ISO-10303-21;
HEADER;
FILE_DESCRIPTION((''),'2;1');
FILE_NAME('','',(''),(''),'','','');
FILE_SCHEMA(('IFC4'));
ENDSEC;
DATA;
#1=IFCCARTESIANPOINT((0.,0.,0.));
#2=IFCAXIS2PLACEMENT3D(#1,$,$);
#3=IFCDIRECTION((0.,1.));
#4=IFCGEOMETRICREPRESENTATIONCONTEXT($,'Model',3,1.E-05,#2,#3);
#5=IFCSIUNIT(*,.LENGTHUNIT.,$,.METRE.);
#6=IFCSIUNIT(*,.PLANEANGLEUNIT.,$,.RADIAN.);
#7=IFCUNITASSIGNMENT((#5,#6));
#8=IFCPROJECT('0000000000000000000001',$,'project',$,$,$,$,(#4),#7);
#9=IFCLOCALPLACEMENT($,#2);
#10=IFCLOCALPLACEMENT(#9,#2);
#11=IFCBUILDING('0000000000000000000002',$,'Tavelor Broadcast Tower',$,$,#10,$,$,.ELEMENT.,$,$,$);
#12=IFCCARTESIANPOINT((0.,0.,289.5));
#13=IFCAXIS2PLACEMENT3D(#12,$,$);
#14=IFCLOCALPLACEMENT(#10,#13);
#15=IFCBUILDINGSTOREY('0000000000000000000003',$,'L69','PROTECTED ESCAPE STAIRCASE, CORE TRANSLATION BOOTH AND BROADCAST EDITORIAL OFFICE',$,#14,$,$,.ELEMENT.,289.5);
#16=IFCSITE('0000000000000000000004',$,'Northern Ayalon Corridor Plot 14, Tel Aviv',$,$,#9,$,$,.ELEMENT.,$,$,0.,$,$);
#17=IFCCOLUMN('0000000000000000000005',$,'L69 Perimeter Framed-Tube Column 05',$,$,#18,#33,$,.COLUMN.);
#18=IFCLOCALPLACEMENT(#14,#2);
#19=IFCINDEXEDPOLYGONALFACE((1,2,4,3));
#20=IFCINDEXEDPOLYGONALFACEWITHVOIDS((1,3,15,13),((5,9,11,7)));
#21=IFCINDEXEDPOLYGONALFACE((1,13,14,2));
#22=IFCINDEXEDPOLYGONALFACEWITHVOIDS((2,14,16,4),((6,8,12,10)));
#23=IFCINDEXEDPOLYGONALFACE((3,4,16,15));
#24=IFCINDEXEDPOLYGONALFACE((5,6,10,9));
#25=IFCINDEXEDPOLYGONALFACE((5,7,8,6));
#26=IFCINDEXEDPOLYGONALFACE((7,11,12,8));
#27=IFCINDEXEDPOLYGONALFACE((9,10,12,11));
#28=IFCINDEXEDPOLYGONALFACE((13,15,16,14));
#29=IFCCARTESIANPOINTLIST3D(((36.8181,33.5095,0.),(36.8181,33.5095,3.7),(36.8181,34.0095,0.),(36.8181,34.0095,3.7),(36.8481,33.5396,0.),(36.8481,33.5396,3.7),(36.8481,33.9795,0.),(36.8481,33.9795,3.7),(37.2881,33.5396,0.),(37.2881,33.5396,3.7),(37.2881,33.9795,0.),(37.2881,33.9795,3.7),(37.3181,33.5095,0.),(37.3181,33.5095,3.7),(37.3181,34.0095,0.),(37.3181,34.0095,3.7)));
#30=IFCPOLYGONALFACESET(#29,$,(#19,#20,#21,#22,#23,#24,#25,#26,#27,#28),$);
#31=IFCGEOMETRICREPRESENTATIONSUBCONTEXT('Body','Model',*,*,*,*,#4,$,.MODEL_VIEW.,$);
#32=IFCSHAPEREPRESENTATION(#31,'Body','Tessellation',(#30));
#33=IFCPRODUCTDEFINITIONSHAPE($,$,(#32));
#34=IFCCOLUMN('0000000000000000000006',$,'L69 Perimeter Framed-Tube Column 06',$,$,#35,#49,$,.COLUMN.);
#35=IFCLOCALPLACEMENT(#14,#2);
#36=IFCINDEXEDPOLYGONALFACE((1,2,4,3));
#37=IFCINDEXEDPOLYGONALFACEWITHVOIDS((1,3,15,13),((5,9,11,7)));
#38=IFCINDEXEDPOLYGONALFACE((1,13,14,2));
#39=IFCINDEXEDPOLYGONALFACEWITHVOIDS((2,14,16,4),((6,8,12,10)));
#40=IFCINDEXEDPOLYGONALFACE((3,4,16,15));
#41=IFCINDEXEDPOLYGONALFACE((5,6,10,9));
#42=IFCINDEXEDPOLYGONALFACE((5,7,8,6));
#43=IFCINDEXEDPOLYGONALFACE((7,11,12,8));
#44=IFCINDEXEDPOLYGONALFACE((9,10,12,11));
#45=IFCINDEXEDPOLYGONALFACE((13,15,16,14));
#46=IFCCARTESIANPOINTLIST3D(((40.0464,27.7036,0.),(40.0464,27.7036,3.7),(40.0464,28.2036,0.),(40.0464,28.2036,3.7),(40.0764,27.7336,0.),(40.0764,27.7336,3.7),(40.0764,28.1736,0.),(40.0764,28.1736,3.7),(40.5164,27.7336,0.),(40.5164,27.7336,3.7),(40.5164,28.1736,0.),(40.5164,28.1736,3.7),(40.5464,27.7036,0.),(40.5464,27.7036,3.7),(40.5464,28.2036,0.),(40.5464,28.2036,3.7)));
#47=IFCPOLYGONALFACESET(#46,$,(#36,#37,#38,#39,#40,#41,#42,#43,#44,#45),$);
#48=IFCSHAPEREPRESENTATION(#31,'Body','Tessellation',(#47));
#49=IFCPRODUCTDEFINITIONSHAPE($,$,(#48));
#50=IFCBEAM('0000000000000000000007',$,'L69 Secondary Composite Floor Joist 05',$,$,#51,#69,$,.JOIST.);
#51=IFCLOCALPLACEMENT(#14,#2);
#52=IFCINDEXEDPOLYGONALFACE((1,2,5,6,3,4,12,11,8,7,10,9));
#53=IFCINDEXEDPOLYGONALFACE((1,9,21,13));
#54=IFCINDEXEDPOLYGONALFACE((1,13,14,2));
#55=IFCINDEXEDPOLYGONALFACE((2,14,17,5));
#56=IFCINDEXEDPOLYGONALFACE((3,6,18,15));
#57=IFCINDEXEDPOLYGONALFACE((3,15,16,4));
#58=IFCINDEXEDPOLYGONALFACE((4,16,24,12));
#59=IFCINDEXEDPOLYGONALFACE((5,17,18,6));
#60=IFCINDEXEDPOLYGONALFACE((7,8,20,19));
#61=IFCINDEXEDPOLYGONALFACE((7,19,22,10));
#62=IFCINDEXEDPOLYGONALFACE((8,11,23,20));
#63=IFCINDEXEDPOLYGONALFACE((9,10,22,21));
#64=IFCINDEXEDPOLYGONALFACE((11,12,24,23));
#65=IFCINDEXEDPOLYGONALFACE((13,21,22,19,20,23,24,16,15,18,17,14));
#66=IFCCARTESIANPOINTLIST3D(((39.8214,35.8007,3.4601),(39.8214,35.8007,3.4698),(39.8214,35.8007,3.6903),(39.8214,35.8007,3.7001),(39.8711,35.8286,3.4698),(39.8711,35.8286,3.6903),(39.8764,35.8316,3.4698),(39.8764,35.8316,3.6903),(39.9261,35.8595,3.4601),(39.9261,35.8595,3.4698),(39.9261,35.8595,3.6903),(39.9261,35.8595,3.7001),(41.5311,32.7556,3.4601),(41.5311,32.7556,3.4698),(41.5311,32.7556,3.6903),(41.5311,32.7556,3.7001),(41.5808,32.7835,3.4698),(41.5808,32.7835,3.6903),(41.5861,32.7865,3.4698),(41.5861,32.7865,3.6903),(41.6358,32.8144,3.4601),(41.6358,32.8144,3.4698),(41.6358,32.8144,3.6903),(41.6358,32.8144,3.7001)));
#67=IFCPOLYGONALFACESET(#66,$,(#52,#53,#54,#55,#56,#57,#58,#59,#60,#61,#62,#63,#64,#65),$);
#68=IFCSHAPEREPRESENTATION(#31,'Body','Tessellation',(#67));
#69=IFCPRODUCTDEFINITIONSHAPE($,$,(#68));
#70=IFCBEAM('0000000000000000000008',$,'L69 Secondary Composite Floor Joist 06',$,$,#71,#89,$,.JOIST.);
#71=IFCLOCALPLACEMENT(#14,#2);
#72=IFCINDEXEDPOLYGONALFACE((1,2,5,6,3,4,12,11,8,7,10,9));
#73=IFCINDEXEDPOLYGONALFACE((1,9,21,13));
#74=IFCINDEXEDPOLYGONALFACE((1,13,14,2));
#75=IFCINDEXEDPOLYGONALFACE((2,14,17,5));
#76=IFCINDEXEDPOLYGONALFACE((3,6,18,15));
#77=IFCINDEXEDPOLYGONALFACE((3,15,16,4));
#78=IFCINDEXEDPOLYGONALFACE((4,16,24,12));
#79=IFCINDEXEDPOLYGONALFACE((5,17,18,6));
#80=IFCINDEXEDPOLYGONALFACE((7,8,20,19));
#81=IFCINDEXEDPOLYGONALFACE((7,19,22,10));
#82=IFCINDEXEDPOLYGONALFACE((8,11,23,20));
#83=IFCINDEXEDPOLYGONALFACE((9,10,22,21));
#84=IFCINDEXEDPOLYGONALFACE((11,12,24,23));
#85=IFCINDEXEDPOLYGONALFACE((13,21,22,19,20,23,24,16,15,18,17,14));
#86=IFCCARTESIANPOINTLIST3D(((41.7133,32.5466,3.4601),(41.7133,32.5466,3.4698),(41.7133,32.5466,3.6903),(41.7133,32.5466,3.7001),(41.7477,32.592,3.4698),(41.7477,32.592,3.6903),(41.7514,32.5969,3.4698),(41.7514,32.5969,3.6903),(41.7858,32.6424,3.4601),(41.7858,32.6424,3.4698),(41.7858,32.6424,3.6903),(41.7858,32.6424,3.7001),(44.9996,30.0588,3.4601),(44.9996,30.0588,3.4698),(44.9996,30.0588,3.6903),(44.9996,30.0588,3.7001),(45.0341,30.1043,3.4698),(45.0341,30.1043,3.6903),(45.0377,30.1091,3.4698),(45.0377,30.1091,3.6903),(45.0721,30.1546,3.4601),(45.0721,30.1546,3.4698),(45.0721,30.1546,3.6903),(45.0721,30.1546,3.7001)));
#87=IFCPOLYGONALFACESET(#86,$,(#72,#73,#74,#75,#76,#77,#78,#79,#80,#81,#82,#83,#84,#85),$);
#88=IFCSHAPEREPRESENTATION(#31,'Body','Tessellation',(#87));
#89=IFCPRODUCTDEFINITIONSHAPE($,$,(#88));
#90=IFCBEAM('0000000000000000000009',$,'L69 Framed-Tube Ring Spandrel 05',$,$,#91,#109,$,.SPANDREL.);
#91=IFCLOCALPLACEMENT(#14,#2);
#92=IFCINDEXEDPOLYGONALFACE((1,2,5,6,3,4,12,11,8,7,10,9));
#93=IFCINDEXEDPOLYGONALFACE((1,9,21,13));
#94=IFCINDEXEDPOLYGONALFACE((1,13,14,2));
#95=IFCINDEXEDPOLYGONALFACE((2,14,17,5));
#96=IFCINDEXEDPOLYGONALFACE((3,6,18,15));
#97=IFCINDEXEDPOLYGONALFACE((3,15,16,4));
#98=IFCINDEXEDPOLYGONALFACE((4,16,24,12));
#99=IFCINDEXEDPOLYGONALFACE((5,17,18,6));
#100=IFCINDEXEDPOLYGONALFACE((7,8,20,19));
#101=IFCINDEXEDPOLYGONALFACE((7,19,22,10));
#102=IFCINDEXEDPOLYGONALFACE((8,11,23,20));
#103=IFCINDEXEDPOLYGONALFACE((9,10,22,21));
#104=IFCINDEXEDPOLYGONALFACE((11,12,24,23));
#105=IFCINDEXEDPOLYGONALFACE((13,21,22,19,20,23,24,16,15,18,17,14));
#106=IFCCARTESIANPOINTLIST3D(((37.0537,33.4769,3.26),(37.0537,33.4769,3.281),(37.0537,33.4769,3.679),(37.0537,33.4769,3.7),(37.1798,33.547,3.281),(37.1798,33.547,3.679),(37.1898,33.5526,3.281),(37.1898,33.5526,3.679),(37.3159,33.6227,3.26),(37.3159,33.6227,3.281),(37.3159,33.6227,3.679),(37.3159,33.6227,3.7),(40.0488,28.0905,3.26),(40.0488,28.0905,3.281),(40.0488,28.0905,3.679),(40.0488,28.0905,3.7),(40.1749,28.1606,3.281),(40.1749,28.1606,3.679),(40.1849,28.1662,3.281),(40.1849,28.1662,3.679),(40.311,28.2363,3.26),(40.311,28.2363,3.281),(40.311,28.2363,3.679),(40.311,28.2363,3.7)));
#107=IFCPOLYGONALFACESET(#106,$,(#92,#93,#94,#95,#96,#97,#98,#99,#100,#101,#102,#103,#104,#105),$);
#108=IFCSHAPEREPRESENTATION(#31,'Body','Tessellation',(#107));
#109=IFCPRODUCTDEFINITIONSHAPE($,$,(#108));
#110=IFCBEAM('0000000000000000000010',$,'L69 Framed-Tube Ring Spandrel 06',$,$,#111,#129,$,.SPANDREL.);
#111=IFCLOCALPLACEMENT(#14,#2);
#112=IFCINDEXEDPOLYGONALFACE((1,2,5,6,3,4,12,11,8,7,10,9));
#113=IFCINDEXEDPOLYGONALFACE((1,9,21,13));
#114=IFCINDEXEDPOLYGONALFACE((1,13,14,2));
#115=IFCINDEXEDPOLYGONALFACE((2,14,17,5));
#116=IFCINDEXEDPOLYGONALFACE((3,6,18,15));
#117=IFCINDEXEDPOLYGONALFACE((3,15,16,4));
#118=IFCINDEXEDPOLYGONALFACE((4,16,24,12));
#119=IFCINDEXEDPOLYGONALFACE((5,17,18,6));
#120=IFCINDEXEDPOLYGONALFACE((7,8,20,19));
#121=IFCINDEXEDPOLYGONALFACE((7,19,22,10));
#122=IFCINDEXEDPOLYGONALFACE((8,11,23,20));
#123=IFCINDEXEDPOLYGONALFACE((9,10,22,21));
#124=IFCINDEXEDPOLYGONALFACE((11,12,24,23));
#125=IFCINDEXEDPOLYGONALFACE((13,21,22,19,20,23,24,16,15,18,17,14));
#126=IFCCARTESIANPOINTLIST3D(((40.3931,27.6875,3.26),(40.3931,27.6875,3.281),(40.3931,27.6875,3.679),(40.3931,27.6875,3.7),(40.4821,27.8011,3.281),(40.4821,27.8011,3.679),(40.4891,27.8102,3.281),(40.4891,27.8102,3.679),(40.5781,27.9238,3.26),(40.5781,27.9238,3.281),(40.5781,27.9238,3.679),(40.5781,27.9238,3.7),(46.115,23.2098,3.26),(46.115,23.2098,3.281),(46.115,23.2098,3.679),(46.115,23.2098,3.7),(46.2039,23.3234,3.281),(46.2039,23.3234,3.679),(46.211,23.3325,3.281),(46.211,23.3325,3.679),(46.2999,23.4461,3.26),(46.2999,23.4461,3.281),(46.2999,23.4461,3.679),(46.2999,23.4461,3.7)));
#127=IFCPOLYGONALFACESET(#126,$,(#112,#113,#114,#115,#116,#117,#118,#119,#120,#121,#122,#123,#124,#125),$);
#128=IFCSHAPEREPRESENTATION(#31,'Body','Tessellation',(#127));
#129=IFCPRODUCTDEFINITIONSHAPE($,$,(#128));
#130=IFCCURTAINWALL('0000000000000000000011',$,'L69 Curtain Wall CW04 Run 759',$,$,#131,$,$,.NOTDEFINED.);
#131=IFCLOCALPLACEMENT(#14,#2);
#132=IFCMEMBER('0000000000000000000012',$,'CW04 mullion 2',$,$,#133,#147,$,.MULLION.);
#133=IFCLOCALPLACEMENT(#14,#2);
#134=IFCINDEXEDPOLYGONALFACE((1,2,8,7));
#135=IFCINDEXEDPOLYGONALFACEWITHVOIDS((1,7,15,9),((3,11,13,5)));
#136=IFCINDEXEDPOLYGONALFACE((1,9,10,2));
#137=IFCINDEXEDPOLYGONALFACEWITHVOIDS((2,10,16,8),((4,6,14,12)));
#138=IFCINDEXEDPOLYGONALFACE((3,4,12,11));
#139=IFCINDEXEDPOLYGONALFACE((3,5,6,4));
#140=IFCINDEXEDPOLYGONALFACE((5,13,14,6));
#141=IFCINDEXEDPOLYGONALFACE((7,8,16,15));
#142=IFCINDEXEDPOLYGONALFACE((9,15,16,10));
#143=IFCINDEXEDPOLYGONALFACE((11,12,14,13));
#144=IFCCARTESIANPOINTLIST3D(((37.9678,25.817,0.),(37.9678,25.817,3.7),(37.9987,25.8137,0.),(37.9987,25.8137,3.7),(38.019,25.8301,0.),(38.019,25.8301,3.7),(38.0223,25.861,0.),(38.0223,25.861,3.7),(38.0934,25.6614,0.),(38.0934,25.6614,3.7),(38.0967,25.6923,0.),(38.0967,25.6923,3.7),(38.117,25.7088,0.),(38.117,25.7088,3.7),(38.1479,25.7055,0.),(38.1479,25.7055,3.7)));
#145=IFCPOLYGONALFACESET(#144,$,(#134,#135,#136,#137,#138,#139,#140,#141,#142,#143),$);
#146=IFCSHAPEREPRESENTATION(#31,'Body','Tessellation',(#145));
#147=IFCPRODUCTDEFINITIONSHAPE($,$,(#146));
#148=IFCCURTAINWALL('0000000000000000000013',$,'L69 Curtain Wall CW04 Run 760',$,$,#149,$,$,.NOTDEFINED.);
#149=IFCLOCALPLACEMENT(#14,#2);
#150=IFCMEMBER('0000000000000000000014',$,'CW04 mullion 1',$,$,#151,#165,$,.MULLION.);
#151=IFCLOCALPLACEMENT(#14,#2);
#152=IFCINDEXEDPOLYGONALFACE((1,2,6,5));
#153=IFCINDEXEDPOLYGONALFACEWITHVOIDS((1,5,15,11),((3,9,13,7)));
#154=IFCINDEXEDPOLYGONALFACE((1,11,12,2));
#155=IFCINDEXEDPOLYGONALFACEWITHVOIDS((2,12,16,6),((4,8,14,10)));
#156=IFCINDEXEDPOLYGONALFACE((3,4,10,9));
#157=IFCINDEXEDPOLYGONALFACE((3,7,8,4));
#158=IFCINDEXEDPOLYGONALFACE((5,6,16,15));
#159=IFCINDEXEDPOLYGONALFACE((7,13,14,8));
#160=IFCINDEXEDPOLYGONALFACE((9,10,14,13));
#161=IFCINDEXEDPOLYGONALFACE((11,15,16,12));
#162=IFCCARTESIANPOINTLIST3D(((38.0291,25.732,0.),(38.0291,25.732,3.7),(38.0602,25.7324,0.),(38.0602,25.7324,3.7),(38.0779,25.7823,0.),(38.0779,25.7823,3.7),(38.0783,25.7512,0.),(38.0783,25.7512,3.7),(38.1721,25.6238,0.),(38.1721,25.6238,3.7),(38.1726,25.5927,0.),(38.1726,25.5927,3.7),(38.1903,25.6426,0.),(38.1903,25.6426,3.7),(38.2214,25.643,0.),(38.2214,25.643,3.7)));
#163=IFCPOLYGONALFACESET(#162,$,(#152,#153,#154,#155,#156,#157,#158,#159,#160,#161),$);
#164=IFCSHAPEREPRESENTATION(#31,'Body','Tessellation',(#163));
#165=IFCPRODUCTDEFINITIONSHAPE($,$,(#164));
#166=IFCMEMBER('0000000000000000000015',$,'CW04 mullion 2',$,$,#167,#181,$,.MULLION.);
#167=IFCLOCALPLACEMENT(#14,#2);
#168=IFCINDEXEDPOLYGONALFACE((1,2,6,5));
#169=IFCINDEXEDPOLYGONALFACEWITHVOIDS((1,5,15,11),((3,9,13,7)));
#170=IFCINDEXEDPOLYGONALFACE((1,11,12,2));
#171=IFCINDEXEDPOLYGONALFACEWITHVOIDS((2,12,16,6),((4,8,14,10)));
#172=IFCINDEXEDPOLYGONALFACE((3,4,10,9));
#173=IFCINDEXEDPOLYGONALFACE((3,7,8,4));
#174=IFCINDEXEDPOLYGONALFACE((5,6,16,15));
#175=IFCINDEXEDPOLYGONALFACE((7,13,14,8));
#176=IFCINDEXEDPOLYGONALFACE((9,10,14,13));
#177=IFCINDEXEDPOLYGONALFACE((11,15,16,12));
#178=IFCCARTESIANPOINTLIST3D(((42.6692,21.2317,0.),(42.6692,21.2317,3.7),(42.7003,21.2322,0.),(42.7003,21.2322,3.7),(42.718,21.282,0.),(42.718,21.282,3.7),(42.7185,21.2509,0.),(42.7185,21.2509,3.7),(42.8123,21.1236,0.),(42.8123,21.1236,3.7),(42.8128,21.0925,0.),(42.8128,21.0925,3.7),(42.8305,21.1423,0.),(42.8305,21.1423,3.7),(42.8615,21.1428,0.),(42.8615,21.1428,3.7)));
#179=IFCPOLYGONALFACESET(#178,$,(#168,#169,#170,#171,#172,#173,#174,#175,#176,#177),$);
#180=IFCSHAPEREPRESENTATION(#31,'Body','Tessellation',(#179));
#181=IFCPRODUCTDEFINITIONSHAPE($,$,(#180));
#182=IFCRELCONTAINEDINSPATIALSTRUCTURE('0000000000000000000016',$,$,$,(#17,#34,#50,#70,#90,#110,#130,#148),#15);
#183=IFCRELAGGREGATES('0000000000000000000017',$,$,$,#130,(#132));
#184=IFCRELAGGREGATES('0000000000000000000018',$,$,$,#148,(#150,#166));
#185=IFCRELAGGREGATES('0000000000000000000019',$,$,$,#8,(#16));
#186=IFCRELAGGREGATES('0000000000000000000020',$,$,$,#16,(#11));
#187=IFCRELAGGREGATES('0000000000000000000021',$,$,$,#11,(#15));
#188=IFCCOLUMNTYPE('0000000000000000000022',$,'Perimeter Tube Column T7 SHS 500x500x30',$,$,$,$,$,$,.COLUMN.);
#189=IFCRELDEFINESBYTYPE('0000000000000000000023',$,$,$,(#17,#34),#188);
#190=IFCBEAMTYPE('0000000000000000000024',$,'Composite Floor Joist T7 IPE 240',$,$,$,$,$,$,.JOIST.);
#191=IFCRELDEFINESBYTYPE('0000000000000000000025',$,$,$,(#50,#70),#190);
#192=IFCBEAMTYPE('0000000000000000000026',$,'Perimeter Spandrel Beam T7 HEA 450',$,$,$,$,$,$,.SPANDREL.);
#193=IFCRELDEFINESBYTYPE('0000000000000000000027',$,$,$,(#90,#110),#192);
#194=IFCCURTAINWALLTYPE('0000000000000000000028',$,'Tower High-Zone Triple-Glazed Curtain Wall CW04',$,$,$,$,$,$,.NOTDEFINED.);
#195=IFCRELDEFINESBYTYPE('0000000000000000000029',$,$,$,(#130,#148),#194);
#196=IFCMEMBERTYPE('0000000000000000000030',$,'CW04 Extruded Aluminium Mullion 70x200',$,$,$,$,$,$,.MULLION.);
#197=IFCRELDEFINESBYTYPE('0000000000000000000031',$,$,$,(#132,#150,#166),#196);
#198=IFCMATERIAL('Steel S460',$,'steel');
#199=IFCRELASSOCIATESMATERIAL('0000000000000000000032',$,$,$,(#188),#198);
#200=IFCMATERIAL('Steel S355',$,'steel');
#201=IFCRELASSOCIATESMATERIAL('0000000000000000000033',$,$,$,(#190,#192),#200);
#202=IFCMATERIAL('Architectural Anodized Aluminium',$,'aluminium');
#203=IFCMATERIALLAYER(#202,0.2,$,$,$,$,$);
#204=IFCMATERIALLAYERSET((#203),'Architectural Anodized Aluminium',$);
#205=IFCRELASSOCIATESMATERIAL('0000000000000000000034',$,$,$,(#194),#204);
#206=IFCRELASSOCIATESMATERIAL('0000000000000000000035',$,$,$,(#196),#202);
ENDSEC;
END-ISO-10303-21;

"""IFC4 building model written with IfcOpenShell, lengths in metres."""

from ifc_helpers import new_model, si_unit, direction, frame, origin, origin_2d, place, context, subcontext, project, spatial, hollow_rectangle, i_section, extrude, source, transform, mapped, material, layer, layer_set, material_profile, profile_set, type_object, type_shapes, element, aggregate, save


model = new_model("IFC4")

# Units and contexts
model_context = context("Model", 3, precision=1e-05, world=origin(), true_north=direction((0.0, 1.0)))
body_context = subcontext(model_context, "Body", "Model", "MODEL_VIEW")
ifc_project = project(units=[si_unit("LENGTHUNIT", "METRE"), si_unit("PLANEANGLEUNIT", "RADIAN")], contexts=[model_context])

# Site, building, storey
site_placement = place(None, origin())
site = spatial("IfcSite", under=ifc_project, at=site_placement, Name="Northern Ayalon Corridor Plot 14, Tel Aviv", CompositionType="ELEMENT", RefElevation=0.0)
building_placement = place(site_placement, origin())
building = spatial("IfcBuilding", under=site, at=building_placement, Name="Tavelor Broadcast Tower", CompositionType="ELEMENT")
storey_placement = place(building_placement, frame((0.0, 0.0, 289.5)))
storey = spatial("IfcBuildingStorey", under=building, at=storey_placement, Name="L69", Description="PROTECTED ESCAPE STAIRCASE, CORE TRANSLATION BOOTH AND BROADCAST EDITORIAL OFFICE", CompositionType="ELEMENT", Elevation=289.5)

# Columns
ifc_material_1 = material(Name="Steel S460", Category="steel")
ifc_material_profile_1 = material_profile(ifc_material_1, hollow_rectangle(XDim=0.5, YDim=0.5, WallThickness=0.03, at=origin_2d()), Name="SHS 500x500x30")
ifc_profile_set_1 = profile_set([ifc_material_profile_1], Name="Steel S460")
column_type = type_object("IfcColumnType", Name="Perimeter Tube Column T7 SHS 500x500x30", PredefinedType="COLUMN", material=ifc_profile_set_1)
for number, where, z_axis, x_axis, name in (
    (1, (37.0681, 33.7595, 0.0), (0.0, 0.0, 1.0), (1.0, 0.0, 0.0), "L69 Perimeter Framed-Tube Column 05"),
    (2, (40.2964, 27.9536, 0.0), (0.0, 0.0, 1.0), (1.0, 0.0, 0.0), "L69 Perimeter Framed-Tube Column 06"),
):
    element("IfcColumn", number, at=place(storey_placement, frame(where, z_axis=z_axis, x_axis=x_axis)), inside=storey, type_object=column_type, Name=name, PredefinedType="COLUMN", context=body_context, shape_type="SweptSolid", body=[
        extrude(hollow_rectangle(XDim=0.5, YDim=0.5, WallThickness=0.03, at=origin_2d()), origin(), (0.0, 0.0, 1.0), 3.7),
    ])

# Beams
ifc_material_2 = material(Name="Steel S355", Category="steel")
ifc_material_profile_2 = material_profile(ifc_material_2, i_section(OverallWidth=0.1201, OverallDepth=0.24, WebThickness=0.0061, FlangeThickness=0.0098, at=origin_2d()), Name="IPE 240")
ifc_profile_set_2 = profile_set([ifc_material_profile_2], Name="Steel S355")
beam_type_1 = type_object("IfcBeamType", Name="Composite Floor Joist T7 IPE 240", PredefinedType="JOIST", material=ifc_profile_set_2)
beam_1_placement = place(storey_placement, frame((39.8738, 35.8301, 3.5801), z_axis=(0.489567, -0.871965, 0.0), x_axis=(0.871965, 0.489567, 0.0)))
element("IfcBeam", 3, at=beam_1_placement, inside=storey, type_object=beam_type_1, Name="L69 Secondary Composite Floor Joist 05", PredefinedType="JOIST", context=body_context, shape_type="SweptSolid", body=[
    extrude(i_section(OverallWidth=0.1201, OverallDepth=0.24, WebThickness=0.0061, FlangeThickness=0.0098, at=origin_2d()), origin(), (0.0, 0.0, 1.0), 3.4922),
])
beam_2_placement = place(storey_placement, frame((41.7495, 32.5945, 3.5801), z_axis=(0.797312, -0.603567, 0.0), x_axis=(0.603567, 0.797312, 0.0)))
element("IfcBeam", 4, at=beam_2_placement, inside=storey, type_object=beam_type_1, Name="L69 Secondary Composite Floor Joist 06", PredefinedType="JOIST", context=body_context, shape_type="SweptSolid", body=[
    extrude(i_section(OverallWidth=0.1201, OverallDepth=0.24, WebThickness=0.0061, FlangeThickness=0.0098, at=origin_2d()), origin(), (0.0, 0.0, 1.0), 4.1218),
])
ifc_material_profile_3 = material_profile(ifc_material_2, i_section(OverallWidth=0.3, OverallDepth=0.4399, WebThickness=0.0115, FlangeThickness=0.021, at=origin_2d()), Name="HEA 450")
ifc_profile_set_3 = profile_set([ifc_material_profile_3], Name="Steel S355")
beam_type_2 = type_object("IfcBeamType", Name="Perimeter Spandrel Beam T7 HEA 450", PredefinedType="SPANDREL", material=ifc_profile_set_3)
beam_3_placement = place(storey_placement, frame((37.1848, 33.5498, 3.48), z_axis=(0.485969, -0.873976, 0.0), x_axis=(0.873976, 0.485969, 0.0)))
element("IfcBeam", 5, at=beam_3_placement, inside=storey, type_object=beam_type_2, Name="L69 Framed-Tube Ring Spandrel 05", PredefinedType="SPANDREL", context=body_context, shape_type="SweptSolid", body=[
    extrude(i_section(OverallWidth=0.3, OverallDepth=0.4399, WebThickness=0.0115, FlangeThickness=0.021, at=origin_2d()), origin(), (0.0, 0.0, 1.0), 6.1631),
])
beam_4_placement = place(storey_placement, frame((40.4856, 27.8057, 3.48), z_axis=(0.787521, -0.616287, 0.0), x_axis=(0.616287, 0.787521, 0.0)))
element("IfcBeam", 6, at=beam_4_placement, inside=storey, type_object=beam_type_2, Name="L69 Framed-Tube Ring Spandrel 06", PredefinedType="SPANDREL", context=body_context, shape_type="SweptSolid", body=[
    extrude(i_section(OverallWidth=0.3, OverallDepth=0.4399, WebThickness=0.0115, FlangeThickness=0.021, at=origin_2d()), origin(), (0.0, 0.0, 1.0), 7.2656),
])

# Curtain wall, member
ifc_material_3 = material(Name="Architectural Anodized Aluminium", Category="aluminium")
ifc_layer_1 = layer(ifc_material_3, 0.2)
ifc_layer_set_1 = layer_set([ifc_layer_1], Name="Architectural Anodized Aluminium")
curtain_wall_type = type_object("IfcCurtainWallType", Name="Tower High-Zone Triple-Glazed Curtain Wall CW04", PredefinedType="NOTDEFINED", material=ifc_layer_set_1)
curtain_wall_1_placement = place(storey_placement, origin())
curtain_wall_1 = element("IfcCurtainWall", 7, at=curtain_wall_1_placement, inside=storey, type_object=curtain_wall_type, Name="L69 Curtain Wall CW04 Run 759", PredefinedType="NOTDEFINED")
ifc_material_profile_4 = material_profile(ifc_material_3, hollow_rectangle(XDim=0.0701, YDim=0.2, WallThickness=0.022, at=origin_2d()), Name="RHS 70x200x22")
ifc_profile_set_4 = profile_set([ifc_material_profile_4], Name="Architectural Anodized Aluminium")
member_type_1 = type_object("IfcMemberType", Name="CW04 Extruded Aluminium Mullion 70x200", PredefinedType="MULLION", material=ifc_profile_set_4)
shared_shape_1 = source(origin(), body_context, "Body", "SweptSolid", [
    extrude(hollow_rectangle(XDim=0.0701, YDim=0.2, WallThickness=0.022, at=origin_2d()), origin(), (0.0, 0.0, 1.0), 3.7),
])
type_shapes(member_type_1, [shared_shape_1])
member_1_placement = place(storey_placement, frame((38.0579, 25.7612, 0.0), z_axis=(0.0, 0.0, 1.0), x_axis=(0.777973, 0.628297, 0.0)))
member_1 = element("IfcMember", 8, at=member_1_placement, type_object=member_type_1, Name="CW04 mullion 2", PredefinedType="MULLION", context=body_context, shape_type="MappedRepresentation", body=[
    mapped(shared_shape_1, transform((0.0, 0.0, 0.0), scale=1.0)),
])

# Curtain wall, members
curtain_wall_2_placement = place(storey_placement, origin())
curtain_wall_2 = element("IfcCurtainWall", 9, at=curtain_wall_2_placement, inside=storey, type_object=curtain_wall_type, Name="L69 Curtain Wall CW04 Run 760", PredefinedType="NOTDEFINED")
member_2_placement = place(storey_placement, frame((38.1252, 25.6875, 0.0), z_axis=(0.0, 0.0, 1.0), x_axis=(0.696196, 0.717852, 0.0)))
member_2 = element("IfcMember", 10, at=member_2_placement, type_object=member_type_1, Name="CW04 mullion 1", PredefinedType="MULLION", context=body_context, shape_type="MappedRepresentation", body=[
    mapped(shared_shape_1, transform((0.0, 0.0, 0.0), scale=1.0)),
])
member_3_placement = place(storey_placement, frame((42.7654, 21.1873, 0.0), z_axis=(0.0, 0.0, 1.0), x_axis=(0.696196, 0.717852, 0.0)))
member_3 = element("IfcMember", 11, at=member_3_placement, type_object=member_type_1, Name="CW04 mullion 2", PredefinedType="MULLION", context=body_context, shape_type="MappedRepresentation", body=[
    mapped(shared_shape_1, transform((0.0, 0.0, 0.0), scale=1.0)),
])

aggregate(curtain_wall_1, [member_1])
aggregate(curtain_wall_2, [member_2, member_3])

save(model, "model.ifc")
